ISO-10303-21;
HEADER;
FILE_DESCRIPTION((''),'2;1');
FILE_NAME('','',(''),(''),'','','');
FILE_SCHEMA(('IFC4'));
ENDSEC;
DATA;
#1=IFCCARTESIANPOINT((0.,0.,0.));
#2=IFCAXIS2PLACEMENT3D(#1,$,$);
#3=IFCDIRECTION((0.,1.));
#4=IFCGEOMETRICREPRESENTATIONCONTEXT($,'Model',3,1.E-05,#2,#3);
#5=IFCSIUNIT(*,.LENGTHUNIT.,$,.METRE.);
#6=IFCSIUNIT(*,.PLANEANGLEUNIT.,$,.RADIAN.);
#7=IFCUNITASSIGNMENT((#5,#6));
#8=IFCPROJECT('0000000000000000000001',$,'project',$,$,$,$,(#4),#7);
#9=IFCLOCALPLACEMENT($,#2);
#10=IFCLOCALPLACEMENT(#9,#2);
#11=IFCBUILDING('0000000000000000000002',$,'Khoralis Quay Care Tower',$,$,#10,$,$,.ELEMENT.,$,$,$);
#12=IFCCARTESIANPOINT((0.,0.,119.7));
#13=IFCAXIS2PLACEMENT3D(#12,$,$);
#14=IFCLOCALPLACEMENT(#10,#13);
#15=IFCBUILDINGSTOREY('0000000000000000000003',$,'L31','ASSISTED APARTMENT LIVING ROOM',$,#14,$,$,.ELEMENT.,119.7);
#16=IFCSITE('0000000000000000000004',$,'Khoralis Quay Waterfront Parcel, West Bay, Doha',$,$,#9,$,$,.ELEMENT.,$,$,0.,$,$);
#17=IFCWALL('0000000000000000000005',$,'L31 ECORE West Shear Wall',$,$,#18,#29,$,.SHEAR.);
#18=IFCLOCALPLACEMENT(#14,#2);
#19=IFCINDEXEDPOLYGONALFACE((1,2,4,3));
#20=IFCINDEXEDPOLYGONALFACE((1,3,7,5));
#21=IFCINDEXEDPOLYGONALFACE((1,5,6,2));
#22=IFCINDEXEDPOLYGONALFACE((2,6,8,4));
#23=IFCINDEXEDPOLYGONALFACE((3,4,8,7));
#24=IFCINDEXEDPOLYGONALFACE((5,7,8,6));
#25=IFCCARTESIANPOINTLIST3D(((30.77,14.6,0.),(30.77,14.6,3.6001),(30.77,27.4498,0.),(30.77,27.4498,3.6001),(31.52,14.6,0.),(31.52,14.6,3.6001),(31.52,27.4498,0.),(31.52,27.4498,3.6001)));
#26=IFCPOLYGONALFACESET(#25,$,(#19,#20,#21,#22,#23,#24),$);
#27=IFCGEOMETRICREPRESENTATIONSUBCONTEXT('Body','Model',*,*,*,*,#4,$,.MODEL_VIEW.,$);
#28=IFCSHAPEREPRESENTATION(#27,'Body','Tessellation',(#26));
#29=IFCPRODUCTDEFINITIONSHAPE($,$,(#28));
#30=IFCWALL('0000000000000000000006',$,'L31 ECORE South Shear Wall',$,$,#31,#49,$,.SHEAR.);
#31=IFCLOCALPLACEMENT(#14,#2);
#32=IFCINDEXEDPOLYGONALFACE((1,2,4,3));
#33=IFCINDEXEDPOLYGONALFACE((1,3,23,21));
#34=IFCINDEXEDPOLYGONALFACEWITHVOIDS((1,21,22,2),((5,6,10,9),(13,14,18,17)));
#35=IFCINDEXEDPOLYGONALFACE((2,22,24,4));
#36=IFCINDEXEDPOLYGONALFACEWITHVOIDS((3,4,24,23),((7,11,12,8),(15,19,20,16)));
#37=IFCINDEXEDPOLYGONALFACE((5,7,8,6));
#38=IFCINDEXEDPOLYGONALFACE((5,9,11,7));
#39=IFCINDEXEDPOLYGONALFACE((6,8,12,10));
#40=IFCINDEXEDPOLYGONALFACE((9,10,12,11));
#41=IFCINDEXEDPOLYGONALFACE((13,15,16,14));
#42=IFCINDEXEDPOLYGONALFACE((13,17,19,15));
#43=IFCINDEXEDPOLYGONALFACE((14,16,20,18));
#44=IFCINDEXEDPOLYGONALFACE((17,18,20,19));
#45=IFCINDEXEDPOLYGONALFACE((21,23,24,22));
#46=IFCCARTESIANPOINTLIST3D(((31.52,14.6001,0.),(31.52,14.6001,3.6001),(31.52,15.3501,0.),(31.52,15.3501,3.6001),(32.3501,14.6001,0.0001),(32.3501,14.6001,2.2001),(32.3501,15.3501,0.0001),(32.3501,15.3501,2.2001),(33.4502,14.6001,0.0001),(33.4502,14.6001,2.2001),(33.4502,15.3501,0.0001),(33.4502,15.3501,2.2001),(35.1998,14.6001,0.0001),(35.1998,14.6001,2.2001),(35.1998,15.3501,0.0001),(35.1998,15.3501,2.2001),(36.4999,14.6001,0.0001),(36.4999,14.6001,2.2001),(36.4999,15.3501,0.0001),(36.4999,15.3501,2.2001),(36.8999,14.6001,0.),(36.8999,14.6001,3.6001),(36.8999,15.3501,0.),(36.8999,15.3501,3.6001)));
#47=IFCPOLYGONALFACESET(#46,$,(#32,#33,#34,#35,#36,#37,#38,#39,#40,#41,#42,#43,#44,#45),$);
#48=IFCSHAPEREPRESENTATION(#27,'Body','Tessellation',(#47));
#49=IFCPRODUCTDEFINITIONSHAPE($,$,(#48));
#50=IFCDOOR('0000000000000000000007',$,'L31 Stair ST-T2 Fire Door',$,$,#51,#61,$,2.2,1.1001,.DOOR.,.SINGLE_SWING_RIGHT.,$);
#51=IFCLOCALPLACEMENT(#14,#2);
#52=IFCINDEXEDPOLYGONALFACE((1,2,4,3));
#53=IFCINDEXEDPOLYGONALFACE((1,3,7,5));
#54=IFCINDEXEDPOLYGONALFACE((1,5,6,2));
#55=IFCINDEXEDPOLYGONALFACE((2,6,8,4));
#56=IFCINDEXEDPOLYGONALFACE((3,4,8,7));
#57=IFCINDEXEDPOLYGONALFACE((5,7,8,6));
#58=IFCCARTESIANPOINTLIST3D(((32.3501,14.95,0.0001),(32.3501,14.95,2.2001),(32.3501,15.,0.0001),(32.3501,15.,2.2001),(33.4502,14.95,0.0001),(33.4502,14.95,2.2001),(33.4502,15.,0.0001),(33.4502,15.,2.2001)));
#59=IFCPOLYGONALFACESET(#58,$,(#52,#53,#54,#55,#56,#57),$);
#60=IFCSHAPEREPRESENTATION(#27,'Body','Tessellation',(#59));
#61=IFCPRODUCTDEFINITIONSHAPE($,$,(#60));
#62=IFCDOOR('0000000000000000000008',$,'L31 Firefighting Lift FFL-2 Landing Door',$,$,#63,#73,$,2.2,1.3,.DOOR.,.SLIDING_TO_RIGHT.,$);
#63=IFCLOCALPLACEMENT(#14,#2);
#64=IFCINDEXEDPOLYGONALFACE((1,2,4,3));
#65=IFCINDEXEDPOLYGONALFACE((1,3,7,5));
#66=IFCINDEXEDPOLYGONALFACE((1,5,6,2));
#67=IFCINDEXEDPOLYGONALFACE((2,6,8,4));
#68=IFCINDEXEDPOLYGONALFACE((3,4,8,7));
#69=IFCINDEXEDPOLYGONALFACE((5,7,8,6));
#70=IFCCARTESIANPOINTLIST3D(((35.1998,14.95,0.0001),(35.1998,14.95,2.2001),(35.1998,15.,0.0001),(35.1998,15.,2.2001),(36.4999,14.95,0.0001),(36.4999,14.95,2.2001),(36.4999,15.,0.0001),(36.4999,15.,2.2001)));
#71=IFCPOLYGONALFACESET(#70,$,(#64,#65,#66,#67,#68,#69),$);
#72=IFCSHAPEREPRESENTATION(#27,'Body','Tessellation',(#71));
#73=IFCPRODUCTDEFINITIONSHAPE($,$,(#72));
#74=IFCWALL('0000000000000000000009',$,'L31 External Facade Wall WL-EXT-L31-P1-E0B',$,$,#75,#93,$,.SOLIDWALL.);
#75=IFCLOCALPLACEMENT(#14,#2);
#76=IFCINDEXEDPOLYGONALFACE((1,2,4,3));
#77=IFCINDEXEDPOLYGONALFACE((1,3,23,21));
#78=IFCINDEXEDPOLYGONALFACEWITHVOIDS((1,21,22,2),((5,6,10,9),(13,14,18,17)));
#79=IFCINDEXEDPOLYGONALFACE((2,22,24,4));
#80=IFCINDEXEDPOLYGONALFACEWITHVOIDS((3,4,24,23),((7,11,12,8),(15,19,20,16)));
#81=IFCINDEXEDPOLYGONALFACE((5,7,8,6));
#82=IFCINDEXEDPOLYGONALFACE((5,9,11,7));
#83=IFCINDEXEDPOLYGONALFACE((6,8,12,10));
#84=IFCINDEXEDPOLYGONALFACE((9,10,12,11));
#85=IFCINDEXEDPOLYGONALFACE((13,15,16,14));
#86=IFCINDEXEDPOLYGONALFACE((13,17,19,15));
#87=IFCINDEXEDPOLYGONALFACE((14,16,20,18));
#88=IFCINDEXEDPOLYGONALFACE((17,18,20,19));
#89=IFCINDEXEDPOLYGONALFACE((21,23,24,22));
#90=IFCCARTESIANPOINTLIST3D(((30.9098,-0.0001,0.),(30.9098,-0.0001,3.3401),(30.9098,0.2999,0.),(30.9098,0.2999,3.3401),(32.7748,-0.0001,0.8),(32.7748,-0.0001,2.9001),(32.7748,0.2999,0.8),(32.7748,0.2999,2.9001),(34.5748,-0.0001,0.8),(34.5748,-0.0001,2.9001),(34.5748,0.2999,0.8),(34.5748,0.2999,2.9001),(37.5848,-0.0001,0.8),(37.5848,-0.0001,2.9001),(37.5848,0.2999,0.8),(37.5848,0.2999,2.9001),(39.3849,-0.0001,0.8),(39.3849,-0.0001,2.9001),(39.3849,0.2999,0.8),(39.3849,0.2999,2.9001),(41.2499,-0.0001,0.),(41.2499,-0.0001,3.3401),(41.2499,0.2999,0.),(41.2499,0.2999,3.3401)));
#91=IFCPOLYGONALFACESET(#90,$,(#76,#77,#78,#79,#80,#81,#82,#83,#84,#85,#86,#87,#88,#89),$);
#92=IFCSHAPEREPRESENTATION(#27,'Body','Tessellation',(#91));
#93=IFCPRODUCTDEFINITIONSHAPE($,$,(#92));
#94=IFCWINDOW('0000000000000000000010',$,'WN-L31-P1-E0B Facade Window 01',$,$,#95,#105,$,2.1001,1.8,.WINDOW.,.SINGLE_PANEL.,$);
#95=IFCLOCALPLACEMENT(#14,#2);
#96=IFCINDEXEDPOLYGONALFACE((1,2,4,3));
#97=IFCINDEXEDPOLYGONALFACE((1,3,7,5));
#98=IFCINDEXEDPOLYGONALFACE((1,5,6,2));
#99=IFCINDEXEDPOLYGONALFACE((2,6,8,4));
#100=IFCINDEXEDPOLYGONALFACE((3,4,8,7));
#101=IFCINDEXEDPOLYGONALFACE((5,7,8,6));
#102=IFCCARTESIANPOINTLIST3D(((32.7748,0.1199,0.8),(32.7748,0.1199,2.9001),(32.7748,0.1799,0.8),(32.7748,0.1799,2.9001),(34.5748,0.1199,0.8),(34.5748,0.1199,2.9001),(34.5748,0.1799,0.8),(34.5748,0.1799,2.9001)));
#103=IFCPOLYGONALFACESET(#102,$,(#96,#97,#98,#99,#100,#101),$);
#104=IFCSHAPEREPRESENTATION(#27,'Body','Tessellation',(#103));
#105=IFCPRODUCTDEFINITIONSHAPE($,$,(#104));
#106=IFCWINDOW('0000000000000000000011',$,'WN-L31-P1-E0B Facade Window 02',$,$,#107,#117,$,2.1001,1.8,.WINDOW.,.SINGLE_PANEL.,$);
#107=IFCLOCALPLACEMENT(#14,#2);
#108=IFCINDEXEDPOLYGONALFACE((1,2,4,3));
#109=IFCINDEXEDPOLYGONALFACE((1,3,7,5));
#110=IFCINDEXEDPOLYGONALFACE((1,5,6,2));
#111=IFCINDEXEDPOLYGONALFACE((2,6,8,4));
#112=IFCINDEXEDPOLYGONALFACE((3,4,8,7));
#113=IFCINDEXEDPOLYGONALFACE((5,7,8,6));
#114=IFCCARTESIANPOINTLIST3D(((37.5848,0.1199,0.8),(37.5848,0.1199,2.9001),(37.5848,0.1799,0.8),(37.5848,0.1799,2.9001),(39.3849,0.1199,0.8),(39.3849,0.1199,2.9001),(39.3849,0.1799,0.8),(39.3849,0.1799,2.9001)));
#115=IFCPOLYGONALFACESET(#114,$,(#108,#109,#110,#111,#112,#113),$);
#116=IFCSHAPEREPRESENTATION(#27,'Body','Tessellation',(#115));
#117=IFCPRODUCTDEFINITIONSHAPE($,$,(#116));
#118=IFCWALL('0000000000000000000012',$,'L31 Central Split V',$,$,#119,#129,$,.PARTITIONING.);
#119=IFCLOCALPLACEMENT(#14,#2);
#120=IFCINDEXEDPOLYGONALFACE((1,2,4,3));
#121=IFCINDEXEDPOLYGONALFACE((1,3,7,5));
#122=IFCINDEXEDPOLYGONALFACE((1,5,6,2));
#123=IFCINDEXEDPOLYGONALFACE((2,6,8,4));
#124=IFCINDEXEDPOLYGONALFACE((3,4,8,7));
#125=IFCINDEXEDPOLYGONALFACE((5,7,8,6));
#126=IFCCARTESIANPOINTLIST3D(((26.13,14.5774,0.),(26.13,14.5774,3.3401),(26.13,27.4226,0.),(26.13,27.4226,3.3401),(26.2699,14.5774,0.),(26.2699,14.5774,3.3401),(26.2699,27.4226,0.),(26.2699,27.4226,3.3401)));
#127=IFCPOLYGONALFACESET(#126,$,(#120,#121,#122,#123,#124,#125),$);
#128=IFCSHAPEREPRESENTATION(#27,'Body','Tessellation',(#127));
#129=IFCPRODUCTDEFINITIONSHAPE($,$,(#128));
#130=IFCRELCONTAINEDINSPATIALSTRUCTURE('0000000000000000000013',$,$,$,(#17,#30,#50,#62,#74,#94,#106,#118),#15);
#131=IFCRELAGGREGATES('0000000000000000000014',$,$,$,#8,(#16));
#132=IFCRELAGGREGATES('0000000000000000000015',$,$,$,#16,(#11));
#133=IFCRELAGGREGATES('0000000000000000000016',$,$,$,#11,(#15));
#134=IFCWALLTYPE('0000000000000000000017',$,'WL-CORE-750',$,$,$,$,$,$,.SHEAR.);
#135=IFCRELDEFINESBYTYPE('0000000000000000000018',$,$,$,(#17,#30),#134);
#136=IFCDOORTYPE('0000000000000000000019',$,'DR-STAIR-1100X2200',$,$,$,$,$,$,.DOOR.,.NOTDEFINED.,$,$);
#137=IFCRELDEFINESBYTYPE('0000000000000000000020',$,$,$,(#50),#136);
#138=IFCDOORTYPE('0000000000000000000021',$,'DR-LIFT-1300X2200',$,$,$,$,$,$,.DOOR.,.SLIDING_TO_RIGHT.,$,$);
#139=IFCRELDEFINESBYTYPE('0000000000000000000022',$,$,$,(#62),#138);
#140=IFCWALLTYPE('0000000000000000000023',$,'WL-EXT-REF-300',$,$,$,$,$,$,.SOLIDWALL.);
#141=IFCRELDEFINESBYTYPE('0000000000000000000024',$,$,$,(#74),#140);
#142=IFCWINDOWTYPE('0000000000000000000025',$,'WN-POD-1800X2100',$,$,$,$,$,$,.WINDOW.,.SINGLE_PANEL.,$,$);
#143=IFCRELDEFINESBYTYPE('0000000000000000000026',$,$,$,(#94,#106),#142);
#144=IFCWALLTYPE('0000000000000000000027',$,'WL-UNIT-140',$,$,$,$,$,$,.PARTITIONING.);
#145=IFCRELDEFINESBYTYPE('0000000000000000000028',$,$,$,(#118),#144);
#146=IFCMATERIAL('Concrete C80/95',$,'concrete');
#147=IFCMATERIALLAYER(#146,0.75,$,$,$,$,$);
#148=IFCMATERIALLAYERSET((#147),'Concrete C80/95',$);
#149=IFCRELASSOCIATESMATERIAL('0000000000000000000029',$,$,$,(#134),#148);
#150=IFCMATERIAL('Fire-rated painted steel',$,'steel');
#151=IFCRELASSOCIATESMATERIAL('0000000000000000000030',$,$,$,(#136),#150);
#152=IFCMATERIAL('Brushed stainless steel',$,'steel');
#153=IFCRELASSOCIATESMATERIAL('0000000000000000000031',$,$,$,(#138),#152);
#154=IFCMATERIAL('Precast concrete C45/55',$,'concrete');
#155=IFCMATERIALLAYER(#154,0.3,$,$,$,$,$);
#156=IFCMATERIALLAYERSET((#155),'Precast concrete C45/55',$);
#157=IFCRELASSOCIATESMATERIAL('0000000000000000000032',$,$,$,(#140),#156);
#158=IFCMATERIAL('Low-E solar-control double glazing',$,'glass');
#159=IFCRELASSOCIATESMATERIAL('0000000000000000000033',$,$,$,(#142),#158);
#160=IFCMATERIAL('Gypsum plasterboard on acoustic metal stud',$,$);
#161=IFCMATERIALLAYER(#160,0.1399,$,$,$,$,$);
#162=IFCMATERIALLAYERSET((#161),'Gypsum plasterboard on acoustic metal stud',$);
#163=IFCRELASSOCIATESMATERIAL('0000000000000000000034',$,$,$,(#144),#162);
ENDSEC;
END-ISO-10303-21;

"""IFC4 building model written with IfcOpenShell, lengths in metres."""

from ifc_helpers import new_model, si_unit, direction, frame, frame_2d, origin, place, context, subcontext, project, spatial, rectangle, extrude, source, transform, mapped, material, layer, layer_set, type_object, element, fill, save


model = new_model("IFC4")

# Units and contexts
model_context = context("Model", 3, precision=1e-05, world=origin(), true_north=direction((0.0, 1.0)))
body_context = subcontext(model_context, "Body", "Model", "MODEL_VIEW")
ifc_project = project(units=[si_unit("LENGTHUNIT", "METRE"), si_unit("PLANEANGLEUNIT", "RADIAN")], contexts=[model_context])

# Site, building, storey
site_placement = place(None, origin())
site = spatial("IfcSite", under=ifc_project, at=site_placement, Name="Khoralis Quay Waterfront Parcel, West Bay, Doha", CompositionType="ELEMENT", RefElevation=0.0)
building_placement = place(site_placement, origin())
building = spatial("IfcBuilding", under=site, at=building_placement, Name="Khoralis Quay Care Tower", CompositionType="ELEMENT")
storey_placement = place(building_placement, frame((0.0, 0.0, 119.7)))
storey = spatial("IfcBuildingStorey", under=building, at=storey_placement, Name="L31", Description="ASSISTED APARTMENT LIVING ROOM", CompositionType="ELEMENT", Elevation=119.7)

# Shared definitions
ifc_material_1 = material(Name="Low-E solar-control double glazing", Category="glass")

# Shared definitions
ifc_material_2 = material(Name="Gypsum plasterboard on acoustic metal stud")
ifc_material_3 = material(Name="Fire-rated painted steel", Category="steel")

# Wall
ifc_material_4 = material(Name="Concrete C80/95", Category="concrete")
ifc_layer_1 = layer(ifc_material_4, 0.75)
ifc_layer_set_1 = layer_set([ifc_layer_1], Name="Concrete C80/95")
wall_type_1 = type_object("IfcWallType", Name="WL-CORE-750", PredefinedType="SHEAR", material=ifc_layer_set_1)
wall_1_placement = place(storey_placement, frame((31.145, 14.6001, 0.0), z_axis=(0.0, 0.0, 1.0), x_axis=(0.0, 1.0, 0.0)))
element("IfcWall", 1, at=wall_1_placement, inside=storey, type_object=wall_type_1, Name="L31 ECORE West Shear Wall", PredefinedType="SHEAR", context=body_context, shape_type="SweptSolid", body=[
    extrude(rectangle(XDim=12.8499, YDim=0.75, at=frame_2d((6.4248, 0.0))), origin(), (0.0, 0.0, 1.0), 3.6001),
])

# Wall, openings, doors
wall_2_placement = place(storey_placement, frame((31.52, 14.9751, 0.0), z_axis=(0.0, 0.0, 1.0), x_axis=(1.0, 0.0, 0.0)))
wall_2 = element("IfcWall", 2, at=wall_2_placement, inside=storey, type_object=wall_type_1, Name="L31 ECORE South Shear Wall", PredefinedType="SHEAR", context=body_context, shape_type="SweptSolid", body=[
    extrude(rectangle(XDim=5.3799, YDim=0.75, at=frame_2d((2.6899, 0.0))), origin(), (0.0, 0.0, 1.0), 3.6001),
])
opening_1_placement = place(wall_2_placement, frame((0.8301, 0.0, 0.0)))
opening_1 = element("IfcOpeningElement", 3, at=opening_1_placement, cuts=wall_2, PredefinedType="OPENING", context=body_context, shape_type="SweptSolid", body=[
    extrude(rectangle(XDim=1.1001, YDim=2.2, at=frame_2d((0.55, 1.1001))), frame((0.0, 0.385, 0.0), z_axis=(0.0, -1.0, 0.0), x_axis=(1.0, 0.0, 0.0)), (0.0, 0.0, 1.0), 0.77),
])
opening_2_placement = place(wall_2_placement, frame((3.6799, 0.0, 0.0)))
opening_2 = element("IfcOpeningElement", 4, at=opening_2_placement, cuts=wall_2, PredefinedType="OPENING", context=body_context, shape_type="SweptSolid", body=[
    extrude(rectangle(XDim=1.3, YDim=2.2, at=frame_2d((0.6499, 1.1001))), frame((0.0, 0.385, 0.0), z_axis=(0.0, -1.0, 0.0), x_axis=(1.0, 0.0, 0.0)), (0.0, 0.0, 1.0), 0.77),
])
door_type_1 = type_object("IfcDoorType", Name="DR-STAIR-1100X2200", OperationType="NOTDEFINED", PredefinedType="DOOR", material=ifc_material_3)
shared_shape_1 = source(origin(), body_context, "Body", "SweptSolid", [
    extrude(rectangle(XDim=1.1001, YDim=2.2, at=frame_2d((0.55, 1.1001))), frame((0.0, 0.0249, 0.0), z_axis=(0.0, -1.0, 0.0), x_axis=(1.0, 0.0, 0.0)), (0.0, 0.0, 1.0), 0.05),
])
door_1_placement = place(opening_1_placement, origin())
door_1 = element("IfcDoor", 5, at=door_1_placement, inside=storey, type_object=door_type_1, Name="L31 Stair ST-T2 Fire Door", OperationType="SINGLE_SWING_RIGHT", OverallHeight=2.2, OverallWidth=1.1001, PredefinedType="DOOR", context=body_context, shape_type="MappedRepresentation", body=[
    mapped(shared_shape_1, transform((0.0, 0.0, 0.0), scale=1.0)),
])
fill(opening_1, door_1)
ifc_material_5 = material(Name="Brushed stainless steel", Category="steel")
door_type_2 = type_object("IfcDoorType", Name="DR-LIFT-1300X2200", OperationType="SLIDING_TO_RIGHT", PredefinedType="DOOR", material=ifc_material_5)
shared_shape_2 = source(origin(), body_context, "Body", "SweptSolid", [
    extrude(rectangle(XDim=1.3, YDim=2.2, at=frame_2d((0.6499, 1.1001))), frame((0.0, 0.0249, 0.0), z_axis=(0.0, -1.0, 0.0), x_axis=(1.0, 0.0, 0.0)), (0.0, 0.0, 1.0), 0.05),
])
door_2_placement = place(opening_2_placement, origin())
door_2 = element("IfcDoor", 6, at=door_2_placement, inside=storey, type_object=door_type_2, Name="L31 Firefighting Lift FFL-2 Landing Door", OperationType="SLIDING_TO_RIGHT", OverallHeight=2.2, OverallWidth=1.3, PredefinedType="DOOR", context=body_context, shape_type="MappedRepresentation", body=[
    mapped(shared_shape_2, transform((0.0, 0.0, 0.0), scale=1.0)),
])
fill(opening_2, door_2)

# Wall, openings, windows
ifc_material_6 = material(Name="Precast concrete C45/55", Category="concrete")
ifc_layer_2 = layer(ifc_material_6, 0.3)
ifc_layer_set_2 = layer_set([ifc_layer_2], Name="Precast concrete C45/55")
wall_type_2 = type_object("IfcWallType", Name="WL-EXT-REF-300", PredefinedType="SOLIDWALL", material=ifc_layer_set_2)
wall_3_placement = place(storey_placement, frame((30.9099, 0.1499, 0.0), z_axis=(0.0, 0.0, 1.0), x_axis=(1.0, 0.0, 0.0)))
wall_3 = element("IfcWall", 7, at=wall_3_placement, inside=storey, type_object=wall_type_2, Name="L31 External Facade Wall WL-EXT-L31-P1-E0B", PredefinedType="SOLIDWALL", context=body_context, shape_type="SweptSolid", body=[
    extrude(rectangle(XDim=10.3401, YDim=0.3, at=frame_2d((5.1699, 0.0))), origin(), (0.0, 0.0, 1.0), 3.3401),
])
opening_3_placement = place(wall_3_placement, frame((1.865, 0.0, 0.8)))
opening_3 = element("IfcOpeningElement", 8, at=opening_3_placement, cuts=wall_3, PredefinedType="OPENING", context=body_context, shape_type="SweptSolid", body=[
    extrude(rectangle(XDim=1.8, YDim=2.1001, at=frame_2d((0.8999, 1.05))), frame((0.0, 0.1602, 0.0), z_axis=(0.0, -1.0, 0.0), x_axis=(1.0, 0.0, 0.0)), (0.0, 0.0, 1.0), 0.3201),
])
opening_4_placement = place(wall_3_placement, frame((6.675, 0.0, 0.8)))
opening_4 = element("IfcOpeningElement", 9, at=opening_4_placement, cuts=wall_3, PredefinedType="OPENING", context=body_context, shape_type="SweptSolid", body=[
    extrude(rectangle(XDim=1.8, YDim=2.1001, at=frame_2d((0.8999, 1.05))), frame((0.0, 0.1602, 0.0), z_axis=(0.0, -1.0, 0.0), x_axis=(1.0, 0.0, 0.0)), (0.0, 0.0, 1.0), 0.3201),
])
window_type = type_object("IfcWindowType", Name="WN-POD-1800X2100", PartitioningType="SINGLE_PANEL", PredefinedType="WINDOW", material=ifc_material_1)
shared_shape_3 = source(origin(), body_context, "Body", "SweptSolid", [
    extrude(rectangle(XDim=1.8, YDim=2.1001, at=frame_2d((0.8999, 1.05))), frame((0.0, 0.03, 0.0), z_axis=(0.0, -1.0, 0.0), x_axis=(1.0, 0.0, 0.0)), (0.0, 0.0, 1.0), 0.0601),
])
window_1_placement = place(opening_3_placement, origin())
window_1 = element("IfcWindow", 10, at=window_1_placement, inside=storey, type_object=window_type, Name="WN-L31-P1-E0B Facade Window 01", OverallHeight=2.1001, OverallWidth=1.8, PartitioningType="SINGLE_PANEL", PredefinedType="WINDOW", context=body_context, shape_type="MappedRepresentation", body=[
    mapped(shared_shape_3, transform((0.0, 0.0, 0.0), scale=1.0)),
])
fill(opening_3, window_1)
window_2_placement = place(opening_4_placement, origin())
window_2 = element("IfcWindow", 11, at=window_2_placement, inside=storey, type_object=window_type, Name="WN-L31-P1-E0B Facade Window 02", OverallHeight=2.1001, OverallWidth=1.8, PartitioningType="SINGLE_PANEL", PredefinedType="WINDOW", context=body_context, shape_type="MappedRepresentation", body=[
    mapped(shared_shape_3, transform((0.0, 0.0, 0.0), scale=1.0)),
])
fill(opening_4, window_2)

# Wall
ifc_layer_3 = layer(ifc_material_2, 0.1399)
ifc_layer_set_3 = layer_set([ifc_layer_3], Name="Gypsum plasterboard on acoustic metal stud")
wall_type_3 = type_object("IfcWallType", Name="WL-UNIT-140", PredefinedType="PARTITIONING", material=ifc_layer_set_3)
wall_4_placement = place(storey_placement, frame((26.2, 14.5774, 0.0), z_axis=(0.0, 0.0, 1.0), x_axis=(0.0, 1.0, 0.0)))
element("IfcWall", 12, at=wall_4_placement, inside=storey, type_object=wall_type_3, Name="L31 Central Split V", PredefinedType="PARTITIONING", context=body_context, shape_type="SweptSolid", body=[
    extrude(rectangle(XDim=12.8452, YDim=0.1399, at=frame_2d((6.4226, 0.0))), origin(), (0.0, 0.0, 1.0), 3.3401),
])

save(model, "model.ifc")
